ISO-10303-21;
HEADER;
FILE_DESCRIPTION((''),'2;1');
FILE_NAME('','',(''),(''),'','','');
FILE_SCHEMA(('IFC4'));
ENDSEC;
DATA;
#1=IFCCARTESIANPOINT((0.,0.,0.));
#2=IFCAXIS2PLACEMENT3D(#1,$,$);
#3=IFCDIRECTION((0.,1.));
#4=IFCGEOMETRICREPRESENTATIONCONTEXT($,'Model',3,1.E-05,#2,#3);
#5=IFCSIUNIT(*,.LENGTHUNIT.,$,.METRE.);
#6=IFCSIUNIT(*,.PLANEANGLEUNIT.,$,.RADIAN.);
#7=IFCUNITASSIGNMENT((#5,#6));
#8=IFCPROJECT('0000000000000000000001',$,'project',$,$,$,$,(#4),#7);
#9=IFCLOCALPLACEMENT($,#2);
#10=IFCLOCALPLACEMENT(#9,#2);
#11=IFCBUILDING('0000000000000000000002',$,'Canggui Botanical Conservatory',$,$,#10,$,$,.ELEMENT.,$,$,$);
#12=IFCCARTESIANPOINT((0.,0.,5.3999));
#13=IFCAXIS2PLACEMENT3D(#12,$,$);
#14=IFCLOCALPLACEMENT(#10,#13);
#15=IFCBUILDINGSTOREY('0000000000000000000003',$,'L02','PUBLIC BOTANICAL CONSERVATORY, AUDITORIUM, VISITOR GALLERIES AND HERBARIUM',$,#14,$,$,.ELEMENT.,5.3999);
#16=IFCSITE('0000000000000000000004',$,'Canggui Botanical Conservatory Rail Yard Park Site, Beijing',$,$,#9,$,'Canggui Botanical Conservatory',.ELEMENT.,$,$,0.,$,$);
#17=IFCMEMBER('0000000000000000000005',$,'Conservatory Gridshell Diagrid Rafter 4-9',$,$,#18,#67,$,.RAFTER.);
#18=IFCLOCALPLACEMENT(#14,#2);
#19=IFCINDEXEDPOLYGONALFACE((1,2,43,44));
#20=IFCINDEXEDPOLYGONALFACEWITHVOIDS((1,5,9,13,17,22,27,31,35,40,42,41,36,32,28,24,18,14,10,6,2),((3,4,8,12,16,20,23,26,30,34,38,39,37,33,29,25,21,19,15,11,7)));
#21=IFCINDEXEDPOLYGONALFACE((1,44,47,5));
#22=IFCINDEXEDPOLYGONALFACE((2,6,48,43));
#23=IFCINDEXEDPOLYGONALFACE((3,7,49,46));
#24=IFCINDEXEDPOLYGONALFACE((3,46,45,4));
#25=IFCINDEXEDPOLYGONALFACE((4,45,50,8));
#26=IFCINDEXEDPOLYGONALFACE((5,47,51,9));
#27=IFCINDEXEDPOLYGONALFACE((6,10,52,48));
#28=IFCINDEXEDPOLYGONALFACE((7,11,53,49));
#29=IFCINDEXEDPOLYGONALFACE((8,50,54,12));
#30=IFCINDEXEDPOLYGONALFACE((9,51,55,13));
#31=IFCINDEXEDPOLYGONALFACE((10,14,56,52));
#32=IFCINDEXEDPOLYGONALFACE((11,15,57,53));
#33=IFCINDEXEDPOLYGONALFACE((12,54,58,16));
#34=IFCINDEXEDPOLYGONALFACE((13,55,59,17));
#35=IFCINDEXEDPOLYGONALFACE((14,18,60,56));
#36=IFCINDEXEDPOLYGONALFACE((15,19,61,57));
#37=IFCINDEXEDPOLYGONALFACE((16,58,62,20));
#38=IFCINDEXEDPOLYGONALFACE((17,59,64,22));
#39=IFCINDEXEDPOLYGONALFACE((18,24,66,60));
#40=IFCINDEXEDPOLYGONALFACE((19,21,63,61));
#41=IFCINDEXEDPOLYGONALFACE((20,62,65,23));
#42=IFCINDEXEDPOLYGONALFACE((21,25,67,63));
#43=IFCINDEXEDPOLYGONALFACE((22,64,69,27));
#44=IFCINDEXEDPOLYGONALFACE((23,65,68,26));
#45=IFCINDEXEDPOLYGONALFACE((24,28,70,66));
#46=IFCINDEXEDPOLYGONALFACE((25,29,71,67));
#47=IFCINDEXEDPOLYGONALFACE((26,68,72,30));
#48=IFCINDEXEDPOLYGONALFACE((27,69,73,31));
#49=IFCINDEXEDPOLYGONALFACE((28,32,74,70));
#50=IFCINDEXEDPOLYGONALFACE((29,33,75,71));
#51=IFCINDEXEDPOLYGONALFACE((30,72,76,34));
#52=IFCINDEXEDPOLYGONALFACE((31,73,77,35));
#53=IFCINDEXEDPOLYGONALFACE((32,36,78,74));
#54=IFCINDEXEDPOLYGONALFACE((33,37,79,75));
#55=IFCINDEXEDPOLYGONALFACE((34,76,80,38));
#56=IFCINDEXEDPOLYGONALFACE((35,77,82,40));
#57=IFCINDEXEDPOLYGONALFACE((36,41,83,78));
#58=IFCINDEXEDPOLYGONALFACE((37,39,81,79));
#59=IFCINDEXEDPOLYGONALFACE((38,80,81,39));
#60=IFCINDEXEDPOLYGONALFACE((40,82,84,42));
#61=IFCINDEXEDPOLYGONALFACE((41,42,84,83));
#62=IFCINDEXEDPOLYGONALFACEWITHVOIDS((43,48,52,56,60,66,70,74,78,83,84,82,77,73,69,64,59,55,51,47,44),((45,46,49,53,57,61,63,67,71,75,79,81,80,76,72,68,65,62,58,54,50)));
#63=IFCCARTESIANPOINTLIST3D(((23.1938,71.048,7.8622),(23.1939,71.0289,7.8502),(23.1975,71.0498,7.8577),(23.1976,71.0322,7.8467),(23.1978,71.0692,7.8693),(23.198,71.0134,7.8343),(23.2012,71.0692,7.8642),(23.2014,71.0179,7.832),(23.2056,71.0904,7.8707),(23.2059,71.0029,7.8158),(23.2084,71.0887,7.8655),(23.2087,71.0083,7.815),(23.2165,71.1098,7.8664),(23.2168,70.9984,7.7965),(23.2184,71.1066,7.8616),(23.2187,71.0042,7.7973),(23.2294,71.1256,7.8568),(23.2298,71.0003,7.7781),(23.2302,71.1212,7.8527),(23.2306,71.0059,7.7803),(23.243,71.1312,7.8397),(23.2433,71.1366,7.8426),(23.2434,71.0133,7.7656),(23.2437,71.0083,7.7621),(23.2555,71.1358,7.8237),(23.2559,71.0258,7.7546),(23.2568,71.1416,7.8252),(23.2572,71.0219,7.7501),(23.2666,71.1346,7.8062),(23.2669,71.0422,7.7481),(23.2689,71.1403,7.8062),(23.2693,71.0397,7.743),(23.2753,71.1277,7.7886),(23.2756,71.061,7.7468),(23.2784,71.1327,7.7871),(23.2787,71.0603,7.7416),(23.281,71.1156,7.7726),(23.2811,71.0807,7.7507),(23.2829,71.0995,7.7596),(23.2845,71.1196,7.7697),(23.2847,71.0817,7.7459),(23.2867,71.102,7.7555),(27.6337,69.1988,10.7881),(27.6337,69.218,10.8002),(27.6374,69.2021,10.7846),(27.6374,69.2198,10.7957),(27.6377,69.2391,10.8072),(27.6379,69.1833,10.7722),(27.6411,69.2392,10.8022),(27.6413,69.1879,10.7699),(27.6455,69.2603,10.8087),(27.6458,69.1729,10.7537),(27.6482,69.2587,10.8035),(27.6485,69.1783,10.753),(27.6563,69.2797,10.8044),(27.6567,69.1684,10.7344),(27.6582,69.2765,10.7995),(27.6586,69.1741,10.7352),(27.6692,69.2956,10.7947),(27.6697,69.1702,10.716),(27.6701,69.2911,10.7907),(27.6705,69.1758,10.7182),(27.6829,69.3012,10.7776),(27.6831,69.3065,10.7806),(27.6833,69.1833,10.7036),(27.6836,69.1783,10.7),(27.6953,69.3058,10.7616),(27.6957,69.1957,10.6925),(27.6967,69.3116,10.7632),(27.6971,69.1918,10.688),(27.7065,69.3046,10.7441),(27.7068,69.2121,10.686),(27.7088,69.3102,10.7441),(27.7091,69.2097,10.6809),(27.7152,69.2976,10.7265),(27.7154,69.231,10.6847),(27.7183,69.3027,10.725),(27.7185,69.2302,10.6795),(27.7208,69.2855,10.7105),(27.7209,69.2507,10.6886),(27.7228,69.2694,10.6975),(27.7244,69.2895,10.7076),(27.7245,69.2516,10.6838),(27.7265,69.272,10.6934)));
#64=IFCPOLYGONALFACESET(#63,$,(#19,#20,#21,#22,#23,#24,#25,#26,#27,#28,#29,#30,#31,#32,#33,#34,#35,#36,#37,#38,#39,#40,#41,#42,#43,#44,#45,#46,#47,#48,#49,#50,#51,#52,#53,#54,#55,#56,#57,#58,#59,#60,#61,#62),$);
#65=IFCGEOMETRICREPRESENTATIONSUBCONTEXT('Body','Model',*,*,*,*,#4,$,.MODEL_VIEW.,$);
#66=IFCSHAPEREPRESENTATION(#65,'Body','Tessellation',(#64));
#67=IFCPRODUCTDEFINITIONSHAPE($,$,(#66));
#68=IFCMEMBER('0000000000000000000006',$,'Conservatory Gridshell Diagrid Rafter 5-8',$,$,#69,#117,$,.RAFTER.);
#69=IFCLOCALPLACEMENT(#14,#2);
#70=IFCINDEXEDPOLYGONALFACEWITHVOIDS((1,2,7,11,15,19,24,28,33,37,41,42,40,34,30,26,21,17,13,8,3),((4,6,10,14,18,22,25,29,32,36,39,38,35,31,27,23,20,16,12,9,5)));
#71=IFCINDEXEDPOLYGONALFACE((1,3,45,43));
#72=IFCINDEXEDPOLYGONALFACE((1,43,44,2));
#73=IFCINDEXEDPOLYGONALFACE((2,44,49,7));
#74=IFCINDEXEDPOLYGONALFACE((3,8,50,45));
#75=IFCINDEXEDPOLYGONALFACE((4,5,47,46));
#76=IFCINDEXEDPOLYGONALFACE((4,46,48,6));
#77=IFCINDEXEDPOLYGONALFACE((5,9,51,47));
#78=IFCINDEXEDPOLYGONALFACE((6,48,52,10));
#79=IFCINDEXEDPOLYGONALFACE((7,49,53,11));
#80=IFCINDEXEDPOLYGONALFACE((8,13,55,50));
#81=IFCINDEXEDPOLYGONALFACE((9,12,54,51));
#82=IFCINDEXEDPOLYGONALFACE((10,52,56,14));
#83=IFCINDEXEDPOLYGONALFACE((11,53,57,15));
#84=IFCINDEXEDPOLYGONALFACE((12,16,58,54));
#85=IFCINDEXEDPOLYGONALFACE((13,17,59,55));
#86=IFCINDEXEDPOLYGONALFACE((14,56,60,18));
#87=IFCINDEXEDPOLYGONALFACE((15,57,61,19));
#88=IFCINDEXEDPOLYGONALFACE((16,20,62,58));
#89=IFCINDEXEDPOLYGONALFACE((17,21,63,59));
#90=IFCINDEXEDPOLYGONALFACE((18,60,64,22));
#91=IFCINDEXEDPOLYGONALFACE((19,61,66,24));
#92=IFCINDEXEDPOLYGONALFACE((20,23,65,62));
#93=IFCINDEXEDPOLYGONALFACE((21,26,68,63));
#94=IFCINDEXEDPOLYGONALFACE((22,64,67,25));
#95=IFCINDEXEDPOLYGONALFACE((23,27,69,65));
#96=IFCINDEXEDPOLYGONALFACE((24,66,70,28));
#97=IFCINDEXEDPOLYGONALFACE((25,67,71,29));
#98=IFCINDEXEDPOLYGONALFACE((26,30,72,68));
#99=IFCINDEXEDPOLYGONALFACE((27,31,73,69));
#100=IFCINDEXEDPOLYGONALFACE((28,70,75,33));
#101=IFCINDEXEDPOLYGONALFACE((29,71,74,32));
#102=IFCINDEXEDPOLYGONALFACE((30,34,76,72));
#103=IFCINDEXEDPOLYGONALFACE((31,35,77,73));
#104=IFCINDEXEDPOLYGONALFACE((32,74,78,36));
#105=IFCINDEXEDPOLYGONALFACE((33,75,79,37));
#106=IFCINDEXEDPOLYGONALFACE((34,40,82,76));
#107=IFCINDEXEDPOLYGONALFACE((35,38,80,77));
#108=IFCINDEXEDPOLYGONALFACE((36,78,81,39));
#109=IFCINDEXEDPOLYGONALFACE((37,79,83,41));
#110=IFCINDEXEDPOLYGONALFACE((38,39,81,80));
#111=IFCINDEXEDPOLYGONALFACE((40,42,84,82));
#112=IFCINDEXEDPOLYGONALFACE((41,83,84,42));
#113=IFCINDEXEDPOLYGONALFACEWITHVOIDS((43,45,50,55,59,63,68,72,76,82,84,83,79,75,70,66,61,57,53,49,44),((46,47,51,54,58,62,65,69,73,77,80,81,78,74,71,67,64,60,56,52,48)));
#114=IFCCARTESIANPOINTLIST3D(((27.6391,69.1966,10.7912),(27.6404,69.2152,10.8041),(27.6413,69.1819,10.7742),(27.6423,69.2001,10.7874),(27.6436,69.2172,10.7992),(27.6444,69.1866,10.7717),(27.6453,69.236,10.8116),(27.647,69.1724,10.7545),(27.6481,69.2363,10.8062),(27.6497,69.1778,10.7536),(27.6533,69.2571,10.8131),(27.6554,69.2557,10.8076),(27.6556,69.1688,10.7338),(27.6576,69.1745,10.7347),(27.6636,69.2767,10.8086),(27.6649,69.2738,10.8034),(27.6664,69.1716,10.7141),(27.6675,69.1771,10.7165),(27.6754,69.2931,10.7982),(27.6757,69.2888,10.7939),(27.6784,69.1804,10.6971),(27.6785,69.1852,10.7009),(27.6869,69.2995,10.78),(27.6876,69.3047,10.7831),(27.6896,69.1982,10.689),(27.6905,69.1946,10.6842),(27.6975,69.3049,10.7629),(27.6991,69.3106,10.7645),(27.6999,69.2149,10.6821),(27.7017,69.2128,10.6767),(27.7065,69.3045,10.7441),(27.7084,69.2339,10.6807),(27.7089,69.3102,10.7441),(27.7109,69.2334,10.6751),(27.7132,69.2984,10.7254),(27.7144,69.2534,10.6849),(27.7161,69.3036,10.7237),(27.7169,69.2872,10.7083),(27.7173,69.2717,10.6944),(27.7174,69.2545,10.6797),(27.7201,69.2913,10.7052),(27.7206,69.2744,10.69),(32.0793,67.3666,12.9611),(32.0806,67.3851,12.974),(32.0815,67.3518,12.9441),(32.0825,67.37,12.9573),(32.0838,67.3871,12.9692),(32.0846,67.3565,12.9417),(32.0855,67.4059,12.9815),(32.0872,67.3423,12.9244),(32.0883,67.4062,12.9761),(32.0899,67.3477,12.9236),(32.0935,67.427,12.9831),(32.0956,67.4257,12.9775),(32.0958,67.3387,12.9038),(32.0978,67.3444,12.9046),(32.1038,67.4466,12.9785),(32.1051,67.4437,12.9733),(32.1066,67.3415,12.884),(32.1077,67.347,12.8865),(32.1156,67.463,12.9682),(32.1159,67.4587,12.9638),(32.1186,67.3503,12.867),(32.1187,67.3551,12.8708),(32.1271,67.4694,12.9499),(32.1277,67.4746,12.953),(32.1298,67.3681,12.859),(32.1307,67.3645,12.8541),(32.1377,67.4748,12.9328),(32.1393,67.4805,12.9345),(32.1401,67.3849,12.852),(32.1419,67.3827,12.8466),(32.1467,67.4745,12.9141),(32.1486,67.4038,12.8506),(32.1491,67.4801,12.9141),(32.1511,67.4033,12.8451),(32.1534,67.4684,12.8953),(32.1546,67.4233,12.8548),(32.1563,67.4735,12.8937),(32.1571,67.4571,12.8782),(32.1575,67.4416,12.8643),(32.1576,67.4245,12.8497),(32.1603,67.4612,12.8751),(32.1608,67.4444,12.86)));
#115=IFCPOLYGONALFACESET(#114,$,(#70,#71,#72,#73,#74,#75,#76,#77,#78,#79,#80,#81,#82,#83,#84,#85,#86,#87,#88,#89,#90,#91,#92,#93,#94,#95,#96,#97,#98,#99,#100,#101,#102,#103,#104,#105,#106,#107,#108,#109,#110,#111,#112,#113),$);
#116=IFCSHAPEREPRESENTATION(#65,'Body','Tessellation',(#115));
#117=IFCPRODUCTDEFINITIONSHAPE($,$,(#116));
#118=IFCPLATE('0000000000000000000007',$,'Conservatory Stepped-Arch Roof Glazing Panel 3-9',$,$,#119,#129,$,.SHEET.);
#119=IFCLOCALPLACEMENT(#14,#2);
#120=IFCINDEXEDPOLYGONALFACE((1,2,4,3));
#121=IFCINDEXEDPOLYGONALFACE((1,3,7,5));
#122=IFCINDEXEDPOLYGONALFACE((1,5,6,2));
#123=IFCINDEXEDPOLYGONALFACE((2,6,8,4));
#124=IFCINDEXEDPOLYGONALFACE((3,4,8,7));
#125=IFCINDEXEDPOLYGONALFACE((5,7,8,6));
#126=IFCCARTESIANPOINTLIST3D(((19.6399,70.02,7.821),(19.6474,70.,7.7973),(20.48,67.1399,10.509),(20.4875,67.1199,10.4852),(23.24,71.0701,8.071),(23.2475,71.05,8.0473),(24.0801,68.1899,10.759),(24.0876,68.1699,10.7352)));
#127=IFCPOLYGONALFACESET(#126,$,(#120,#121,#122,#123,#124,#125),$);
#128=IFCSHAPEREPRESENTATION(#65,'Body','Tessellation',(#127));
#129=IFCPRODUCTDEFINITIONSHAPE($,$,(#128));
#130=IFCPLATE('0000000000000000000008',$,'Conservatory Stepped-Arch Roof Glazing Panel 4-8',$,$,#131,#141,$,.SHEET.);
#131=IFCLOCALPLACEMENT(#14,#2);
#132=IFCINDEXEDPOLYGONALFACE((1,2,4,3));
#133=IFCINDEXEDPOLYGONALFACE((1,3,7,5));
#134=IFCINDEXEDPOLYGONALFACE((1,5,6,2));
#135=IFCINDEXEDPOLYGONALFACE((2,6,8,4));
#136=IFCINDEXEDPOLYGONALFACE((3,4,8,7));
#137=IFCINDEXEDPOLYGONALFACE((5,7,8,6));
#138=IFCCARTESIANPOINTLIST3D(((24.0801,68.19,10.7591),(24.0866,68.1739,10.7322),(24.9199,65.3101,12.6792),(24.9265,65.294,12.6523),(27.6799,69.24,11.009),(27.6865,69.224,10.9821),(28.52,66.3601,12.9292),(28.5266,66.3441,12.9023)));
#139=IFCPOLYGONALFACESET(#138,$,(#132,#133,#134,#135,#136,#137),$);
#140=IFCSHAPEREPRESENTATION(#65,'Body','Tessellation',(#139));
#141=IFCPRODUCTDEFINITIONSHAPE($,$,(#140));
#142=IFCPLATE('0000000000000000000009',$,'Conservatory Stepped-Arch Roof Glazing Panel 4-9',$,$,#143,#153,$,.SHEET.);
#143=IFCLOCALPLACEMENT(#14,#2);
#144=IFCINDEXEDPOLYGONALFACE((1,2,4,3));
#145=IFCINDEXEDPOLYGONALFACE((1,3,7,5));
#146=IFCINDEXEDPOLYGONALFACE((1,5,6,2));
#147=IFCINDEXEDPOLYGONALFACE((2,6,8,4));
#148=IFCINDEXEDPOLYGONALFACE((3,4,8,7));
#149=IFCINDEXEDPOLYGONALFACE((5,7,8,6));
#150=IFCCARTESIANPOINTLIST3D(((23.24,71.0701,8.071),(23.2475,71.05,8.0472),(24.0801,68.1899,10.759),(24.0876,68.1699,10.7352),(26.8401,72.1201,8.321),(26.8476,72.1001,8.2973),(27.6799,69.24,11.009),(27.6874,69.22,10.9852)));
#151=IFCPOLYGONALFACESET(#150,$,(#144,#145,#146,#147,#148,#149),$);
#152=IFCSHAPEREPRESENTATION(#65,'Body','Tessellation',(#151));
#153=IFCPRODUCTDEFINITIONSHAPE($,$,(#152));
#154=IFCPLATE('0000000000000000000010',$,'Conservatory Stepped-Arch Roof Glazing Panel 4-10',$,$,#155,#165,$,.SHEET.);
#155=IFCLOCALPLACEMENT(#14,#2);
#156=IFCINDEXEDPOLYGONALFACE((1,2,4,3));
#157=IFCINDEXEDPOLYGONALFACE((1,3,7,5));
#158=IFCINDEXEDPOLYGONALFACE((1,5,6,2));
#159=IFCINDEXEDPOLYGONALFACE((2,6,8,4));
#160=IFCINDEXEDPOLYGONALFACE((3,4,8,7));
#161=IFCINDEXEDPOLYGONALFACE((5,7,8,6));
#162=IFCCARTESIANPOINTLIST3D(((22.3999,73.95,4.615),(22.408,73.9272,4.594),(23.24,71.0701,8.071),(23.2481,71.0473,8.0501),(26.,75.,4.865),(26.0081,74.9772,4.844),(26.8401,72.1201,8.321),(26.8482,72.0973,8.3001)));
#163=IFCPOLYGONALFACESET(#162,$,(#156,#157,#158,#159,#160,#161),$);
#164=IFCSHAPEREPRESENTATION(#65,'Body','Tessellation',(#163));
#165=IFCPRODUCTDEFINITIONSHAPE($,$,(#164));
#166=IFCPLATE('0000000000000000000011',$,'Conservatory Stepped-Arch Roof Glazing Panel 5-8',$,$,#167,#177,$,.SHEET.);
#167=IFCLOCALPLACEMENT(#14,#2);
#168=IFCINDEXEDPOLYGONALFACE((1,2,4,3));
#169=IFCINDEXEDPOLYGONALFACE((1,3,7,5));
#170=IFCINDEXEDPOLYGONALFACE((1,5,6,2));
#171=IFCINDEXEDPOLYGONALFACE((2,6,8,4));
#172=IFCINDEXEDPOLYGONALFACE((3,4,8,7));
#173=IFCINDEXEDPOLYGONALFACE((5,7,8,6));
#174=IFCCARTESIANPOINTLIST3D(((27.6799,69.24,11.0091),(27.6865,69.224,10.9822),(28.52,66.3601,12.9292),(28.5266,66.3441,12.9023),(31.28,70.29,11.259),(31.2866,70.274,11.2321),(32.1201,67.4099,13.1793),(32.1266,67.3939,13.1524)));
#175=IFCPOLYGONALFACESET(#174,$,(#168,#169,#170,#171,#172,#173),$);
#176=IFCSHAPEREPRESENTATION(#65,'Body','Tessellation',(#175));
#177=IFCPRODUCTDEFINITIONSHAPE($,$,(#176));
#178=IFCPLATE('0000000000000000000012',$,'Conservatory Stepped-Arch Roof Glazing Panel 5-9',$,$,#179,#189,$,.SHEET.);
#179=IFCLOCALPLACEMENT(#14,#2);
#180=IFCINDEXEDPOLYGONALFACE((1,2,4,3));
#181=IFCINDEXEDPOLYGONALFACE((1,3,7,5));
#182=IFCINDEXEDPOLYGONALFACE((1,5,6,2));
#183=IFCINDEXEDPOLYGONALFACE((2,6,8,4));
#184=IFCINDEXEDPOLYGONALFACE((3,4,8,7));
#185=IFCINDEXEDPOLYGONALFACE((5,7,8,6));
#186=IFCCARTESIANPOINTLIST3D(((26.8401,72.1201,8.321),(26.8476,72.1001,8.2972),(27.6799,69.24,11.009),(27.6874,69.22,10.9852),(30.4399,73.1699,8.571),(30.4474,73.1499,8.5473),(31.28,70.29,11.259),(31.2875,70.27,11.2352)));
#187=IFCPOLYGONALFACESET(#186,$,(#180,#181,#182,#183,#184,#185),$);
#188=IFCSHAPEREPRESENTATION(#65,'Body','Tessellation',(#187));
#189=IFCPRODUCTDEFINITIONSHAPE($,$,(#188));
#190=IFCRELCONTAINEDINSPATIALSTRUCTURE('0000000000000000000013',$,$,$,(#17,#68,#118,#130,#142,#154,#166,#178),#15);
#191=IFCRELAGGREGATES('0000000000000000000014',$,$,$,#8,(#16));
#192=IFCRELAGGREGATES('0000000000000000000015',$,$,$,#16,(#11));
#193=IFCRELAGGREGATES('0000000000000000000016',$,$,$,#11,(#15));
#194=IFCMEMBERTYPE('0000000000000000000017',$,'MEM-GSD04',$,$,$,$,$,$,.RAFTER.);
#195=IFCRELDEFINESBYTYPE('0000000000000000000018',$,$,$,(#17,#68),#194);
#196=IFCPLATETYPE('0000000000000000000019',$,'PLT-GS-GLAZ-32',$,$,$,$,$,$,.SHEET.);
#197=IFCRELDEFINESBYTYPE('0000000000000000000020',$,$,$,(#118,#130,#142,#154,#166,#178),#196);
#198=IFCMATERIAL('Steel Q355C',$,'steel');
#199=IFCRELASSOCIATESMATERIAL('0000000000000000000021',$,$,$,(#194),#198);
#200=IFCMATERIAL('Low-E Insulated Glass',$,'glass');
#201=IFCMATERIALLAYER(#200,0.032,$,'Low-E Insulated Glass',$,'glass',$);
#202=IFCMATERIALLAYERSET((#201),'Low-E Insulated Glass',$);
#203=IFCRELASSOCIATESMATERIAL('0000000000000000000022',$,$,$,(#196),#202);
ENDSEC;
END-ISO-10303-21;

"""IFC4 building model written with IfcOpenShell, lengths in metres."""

from ifc_helpers import new_model, si_unit, direction, frame, origin, origin_2d, place, context, subcontext, project, spatial, polyline, hollow_circle, outline, extrude, material, layer, layer_set, material_profile, profile_set, type_object, element, save


model = new_model("IFC4")

# Units and contexts
model_context = context("Model", 3, precision=1e-05, world=origin(), true_north=direction((0.0, 1.0)))
body_context = subcontext(model_context, "Body", "Model", "MODEL_VIEW")
ifc_project = project(units=[si_unit("LENGTHUNIT", "METRE"), si_unit("PLANEANGLEUNIT", "RADIAN")], contexts=[model_context])

# Site, building, storey
site_placement = place(None, origin())
site = spatial("IfcSite", under=ifc_project, at=site_placement, Name="Canggui Botanical Conservatory Rail Yard Park Site, Beijing", LongName="Canggui Botanical Conservatory", CompositionType="ELEMENT", RefElevation=0.0)
building_placement = place(site_placement, origin())
building = spatial("IfcBuilding", under=site, at=building_placement, Name="Canggui Botanical Conservatory", CompositionType="ELEMENT")
storey_placement = place(building_placement, frame((0.0, 0.0, 5.3999)))
storey = spatial("IfcBuildingStorey", under=building, at=storey_placement, Name="L02", Description="PUBLIC BOTANICAL CONSERVATORY, AUDITORIUM, VISITOR GALLERIES AND HERBARIUM", CompositionType="ELEMENT", Elevation=5.3999)

# Shared definitions
ifc_material_1 = material(Name="Steel Q355C", Category="steel")

# Members
ifc_material_profile_1 = material_profile(ifc_material_1, hollow_circle(Radius=0.0759, WallThickness=0.0061, at=origin_2d()), Name="CHS 152x6")
ifc_profile_set_1 = profile_set([ifc_material_profile_1], Name="Steel Q355C")
member_type_1 = type_object("IfcMemberType", Name="MEM-GSD04", PredefinedType="RAFTER", material=ifc_profile_set_1)
member_1_placement = place(storey_placement, frame((23.24, 71.0701, 7.8062), z_axis=(0.788657, -0.325073, 0.521869), x_axis=(0.381082, 0.924541, 0.0)))
element("IfcMember", 1, at=member_1_placement, inside=storey, type_object=member_type_1, Name="Conservatory Gridshell Diagrid Rafter 4-9", PredefinedType="RAFTER", context=body_context, shape_type="SweptSolid", body=[
    extrude(hollow_circle(Radius=0.0759, WallThickness=0.0061, at=origin_2d()), origin(), (0.0, 0.0, 1.0), 5.6296),
])
member_2_placement = place(storey_placement, frame((27.6799, 69.24, 10.7441), z_axis=(0.842539, -0.347263, 0.411749), x_axis=(0.381064, 0.924549, 0.0)))
element("IfcMember", 2, at=member_2_placement, inside=storey, type_object=member_type_1, Name="Conservatory Gridshell Diagrid Rafter 5-8", PredefinedType="RAFTER", context=body_context, shape_type="SweptSolid", body=[
    extrude(hollow_circle(Radius=0.0759, WallThickness=0.0061, at=origin_2d()), origin(), (0.0, 0.0, 1.0), 5.27),
])

# Plates
ifc_material_2 = material(Name="Low-E Insulated Glass", Category="glass")
ifc_layer = layer(ifc_material_2, 0.032, Name="Low-E Insulated Glass", Category="glass")
ifc_layer_set = layer_set([ifc_layer], Name="Low-E Insulated Glass")
plate_type = type_object("IfcPlateType", Name="PLT-GS-GLAZ-32", PredefinedType="SHEET", material=ifc_layer_set)
plate_1_placement = place(storey_placement, frame((20.48, 67.1399, 10.509), z_axis=(-0.234223, 0.625931, 0.743875), x_axis=(0.957872, 0.279385, 0.066517)))
element("IfcPlate", 3, at=plate_1_placement, inside=storey, type_object=plate_type, Name="Conservatory Stepped-Arch Roof Glazing Panel 3-9", PredefinedType="SHEET", context=body_context, shape_type="SweptSolid", body=[
    extrude(outline(polyline([(0.0, 0.0), (3.7584, 0.0), (3.5796, 4.0242), (-0.1788, 4.0242), (0.0, 0.0)])), origin(), (0.0, 0.0, -1.0), 0.032),
])
plate_2_placement = place(storey_placement, frame((24.9199, 65.3101, 12.6792), z_axis=(-0.204537, 0.501025, 0.840915), x_axis=(0.957871, 0.279388, 0.066523)))
element("IfcPlate", 4, at=plate_2_placement, inside=storey, type_object=plate_type, Name="Conservatory Stepped-Arch Roof Glazing Panel 4-8", PredefinedType="SHEET", context=body_context, shape_type="SweptSolid", body=[
    extrude(outline(polyline([(0.0, 0.0), (3.7584, 0.0), (3.6306, 3.5595), (-0.1276, 3.5595), (0.0, 0.0)])), origin(), (0.0, 0.0, -1.0), 0.032),
])
plate_3_placement = place(storey_placement, frame((24.0801, 68.1899, 10.759), z_axis=(-0.234232, 0.625933, 0.74387), x_axis=(0.957869, 0.279397, 0.066516)))
element("IfcPlate", 5, at=plate_3_placement, inside=storey, type_object=plate_type, Name="Conservatory Stepped-Arch Roof Glazing Panel 4-9", PredefinedType="SHEET", context=body_context, shape_type="SweptSolid", body=[
    extrude(outline(polyline([(0.0, 0.0), (3.7582, 0.0), (3.5796, 4.0242), (-0.1788, 4.0242), (0.0, 0.0)])), origin(), (0.0, 0.0, -1.0), 0.032),
])
plate_4_placement = place(storey_placement, frame((23.24, 71.0701, 8.071), z_axis=(-0.253165, 0.71206, 0.654888), x_axis=(0.957872, 0.279385, 0.066517)))
element("IfcPlate", 6, at=plate_4_placement, inside=storey, type_object=plate_type, Name="Conservatory Stepped-Arch Roof Glazing Panel 4-10", PredefinedType="SHEET", context=body_context, shape_type="SweptSolid", body=[
    extrude(outline(polyline([(0.0, 0.0), (3.7584, 0.0), (3.5284, 4.5707), (-0.23, 4.5707), (0.0, 0.0)])), origin(), (0.0, 0.0, -1.0), 0.032),
])
plate_5_placement = place(storey_placement, frame((28.52, 66.3601, 12.9292), z_axis=(-0.204511, 0.501012, 0.840929), x_axis=(0.957886, 0.279333, 0.066532)))
element("IfcPlate", 7, at=plate_5_placement, inside=storey, type_object=plate_type, Name="Conservatory Stepped-Arch Roof Glazing Panel 5-8", PredefinedType="SHEET", context=body_context, shape_type="SweptSolid", body=[
    extrude(outline(polyline([(0.0, 0.0), (3.7584, 0.0), (3.6304, 3.5597), (-0.128, 3.5595), (0.0, 0.0)])), origin(), (0.0, 0.0, -1.0), 0.032),
])
plate_6_placement = place(storey_placement, frame((27.6799, 69.24, 11.009), z_axis=(-0.234215, 0.625954, 0.743858), x_axis=(0.957875, 0.279377, 0.066508)))
element("IfcPlate", 8, at=plate_6_placement, inside=storey, type_object=plate_type, Name="Conservatory Stepped-Arch Roof Glazing Panel 5-9", PredefinedType="SHEET", context=body_context, shape_type="SweptSolid", body=[
    extrude(outline(polyline([(0.0, 0.0), (3.7584, 0.0), (3.5795, 4.024), (-0.1786, 4.0242), (0.0, 0.0)])), origin(), (0.0, 0.0, -1.0), 0.032),
])

save(model, "model.ifc")
